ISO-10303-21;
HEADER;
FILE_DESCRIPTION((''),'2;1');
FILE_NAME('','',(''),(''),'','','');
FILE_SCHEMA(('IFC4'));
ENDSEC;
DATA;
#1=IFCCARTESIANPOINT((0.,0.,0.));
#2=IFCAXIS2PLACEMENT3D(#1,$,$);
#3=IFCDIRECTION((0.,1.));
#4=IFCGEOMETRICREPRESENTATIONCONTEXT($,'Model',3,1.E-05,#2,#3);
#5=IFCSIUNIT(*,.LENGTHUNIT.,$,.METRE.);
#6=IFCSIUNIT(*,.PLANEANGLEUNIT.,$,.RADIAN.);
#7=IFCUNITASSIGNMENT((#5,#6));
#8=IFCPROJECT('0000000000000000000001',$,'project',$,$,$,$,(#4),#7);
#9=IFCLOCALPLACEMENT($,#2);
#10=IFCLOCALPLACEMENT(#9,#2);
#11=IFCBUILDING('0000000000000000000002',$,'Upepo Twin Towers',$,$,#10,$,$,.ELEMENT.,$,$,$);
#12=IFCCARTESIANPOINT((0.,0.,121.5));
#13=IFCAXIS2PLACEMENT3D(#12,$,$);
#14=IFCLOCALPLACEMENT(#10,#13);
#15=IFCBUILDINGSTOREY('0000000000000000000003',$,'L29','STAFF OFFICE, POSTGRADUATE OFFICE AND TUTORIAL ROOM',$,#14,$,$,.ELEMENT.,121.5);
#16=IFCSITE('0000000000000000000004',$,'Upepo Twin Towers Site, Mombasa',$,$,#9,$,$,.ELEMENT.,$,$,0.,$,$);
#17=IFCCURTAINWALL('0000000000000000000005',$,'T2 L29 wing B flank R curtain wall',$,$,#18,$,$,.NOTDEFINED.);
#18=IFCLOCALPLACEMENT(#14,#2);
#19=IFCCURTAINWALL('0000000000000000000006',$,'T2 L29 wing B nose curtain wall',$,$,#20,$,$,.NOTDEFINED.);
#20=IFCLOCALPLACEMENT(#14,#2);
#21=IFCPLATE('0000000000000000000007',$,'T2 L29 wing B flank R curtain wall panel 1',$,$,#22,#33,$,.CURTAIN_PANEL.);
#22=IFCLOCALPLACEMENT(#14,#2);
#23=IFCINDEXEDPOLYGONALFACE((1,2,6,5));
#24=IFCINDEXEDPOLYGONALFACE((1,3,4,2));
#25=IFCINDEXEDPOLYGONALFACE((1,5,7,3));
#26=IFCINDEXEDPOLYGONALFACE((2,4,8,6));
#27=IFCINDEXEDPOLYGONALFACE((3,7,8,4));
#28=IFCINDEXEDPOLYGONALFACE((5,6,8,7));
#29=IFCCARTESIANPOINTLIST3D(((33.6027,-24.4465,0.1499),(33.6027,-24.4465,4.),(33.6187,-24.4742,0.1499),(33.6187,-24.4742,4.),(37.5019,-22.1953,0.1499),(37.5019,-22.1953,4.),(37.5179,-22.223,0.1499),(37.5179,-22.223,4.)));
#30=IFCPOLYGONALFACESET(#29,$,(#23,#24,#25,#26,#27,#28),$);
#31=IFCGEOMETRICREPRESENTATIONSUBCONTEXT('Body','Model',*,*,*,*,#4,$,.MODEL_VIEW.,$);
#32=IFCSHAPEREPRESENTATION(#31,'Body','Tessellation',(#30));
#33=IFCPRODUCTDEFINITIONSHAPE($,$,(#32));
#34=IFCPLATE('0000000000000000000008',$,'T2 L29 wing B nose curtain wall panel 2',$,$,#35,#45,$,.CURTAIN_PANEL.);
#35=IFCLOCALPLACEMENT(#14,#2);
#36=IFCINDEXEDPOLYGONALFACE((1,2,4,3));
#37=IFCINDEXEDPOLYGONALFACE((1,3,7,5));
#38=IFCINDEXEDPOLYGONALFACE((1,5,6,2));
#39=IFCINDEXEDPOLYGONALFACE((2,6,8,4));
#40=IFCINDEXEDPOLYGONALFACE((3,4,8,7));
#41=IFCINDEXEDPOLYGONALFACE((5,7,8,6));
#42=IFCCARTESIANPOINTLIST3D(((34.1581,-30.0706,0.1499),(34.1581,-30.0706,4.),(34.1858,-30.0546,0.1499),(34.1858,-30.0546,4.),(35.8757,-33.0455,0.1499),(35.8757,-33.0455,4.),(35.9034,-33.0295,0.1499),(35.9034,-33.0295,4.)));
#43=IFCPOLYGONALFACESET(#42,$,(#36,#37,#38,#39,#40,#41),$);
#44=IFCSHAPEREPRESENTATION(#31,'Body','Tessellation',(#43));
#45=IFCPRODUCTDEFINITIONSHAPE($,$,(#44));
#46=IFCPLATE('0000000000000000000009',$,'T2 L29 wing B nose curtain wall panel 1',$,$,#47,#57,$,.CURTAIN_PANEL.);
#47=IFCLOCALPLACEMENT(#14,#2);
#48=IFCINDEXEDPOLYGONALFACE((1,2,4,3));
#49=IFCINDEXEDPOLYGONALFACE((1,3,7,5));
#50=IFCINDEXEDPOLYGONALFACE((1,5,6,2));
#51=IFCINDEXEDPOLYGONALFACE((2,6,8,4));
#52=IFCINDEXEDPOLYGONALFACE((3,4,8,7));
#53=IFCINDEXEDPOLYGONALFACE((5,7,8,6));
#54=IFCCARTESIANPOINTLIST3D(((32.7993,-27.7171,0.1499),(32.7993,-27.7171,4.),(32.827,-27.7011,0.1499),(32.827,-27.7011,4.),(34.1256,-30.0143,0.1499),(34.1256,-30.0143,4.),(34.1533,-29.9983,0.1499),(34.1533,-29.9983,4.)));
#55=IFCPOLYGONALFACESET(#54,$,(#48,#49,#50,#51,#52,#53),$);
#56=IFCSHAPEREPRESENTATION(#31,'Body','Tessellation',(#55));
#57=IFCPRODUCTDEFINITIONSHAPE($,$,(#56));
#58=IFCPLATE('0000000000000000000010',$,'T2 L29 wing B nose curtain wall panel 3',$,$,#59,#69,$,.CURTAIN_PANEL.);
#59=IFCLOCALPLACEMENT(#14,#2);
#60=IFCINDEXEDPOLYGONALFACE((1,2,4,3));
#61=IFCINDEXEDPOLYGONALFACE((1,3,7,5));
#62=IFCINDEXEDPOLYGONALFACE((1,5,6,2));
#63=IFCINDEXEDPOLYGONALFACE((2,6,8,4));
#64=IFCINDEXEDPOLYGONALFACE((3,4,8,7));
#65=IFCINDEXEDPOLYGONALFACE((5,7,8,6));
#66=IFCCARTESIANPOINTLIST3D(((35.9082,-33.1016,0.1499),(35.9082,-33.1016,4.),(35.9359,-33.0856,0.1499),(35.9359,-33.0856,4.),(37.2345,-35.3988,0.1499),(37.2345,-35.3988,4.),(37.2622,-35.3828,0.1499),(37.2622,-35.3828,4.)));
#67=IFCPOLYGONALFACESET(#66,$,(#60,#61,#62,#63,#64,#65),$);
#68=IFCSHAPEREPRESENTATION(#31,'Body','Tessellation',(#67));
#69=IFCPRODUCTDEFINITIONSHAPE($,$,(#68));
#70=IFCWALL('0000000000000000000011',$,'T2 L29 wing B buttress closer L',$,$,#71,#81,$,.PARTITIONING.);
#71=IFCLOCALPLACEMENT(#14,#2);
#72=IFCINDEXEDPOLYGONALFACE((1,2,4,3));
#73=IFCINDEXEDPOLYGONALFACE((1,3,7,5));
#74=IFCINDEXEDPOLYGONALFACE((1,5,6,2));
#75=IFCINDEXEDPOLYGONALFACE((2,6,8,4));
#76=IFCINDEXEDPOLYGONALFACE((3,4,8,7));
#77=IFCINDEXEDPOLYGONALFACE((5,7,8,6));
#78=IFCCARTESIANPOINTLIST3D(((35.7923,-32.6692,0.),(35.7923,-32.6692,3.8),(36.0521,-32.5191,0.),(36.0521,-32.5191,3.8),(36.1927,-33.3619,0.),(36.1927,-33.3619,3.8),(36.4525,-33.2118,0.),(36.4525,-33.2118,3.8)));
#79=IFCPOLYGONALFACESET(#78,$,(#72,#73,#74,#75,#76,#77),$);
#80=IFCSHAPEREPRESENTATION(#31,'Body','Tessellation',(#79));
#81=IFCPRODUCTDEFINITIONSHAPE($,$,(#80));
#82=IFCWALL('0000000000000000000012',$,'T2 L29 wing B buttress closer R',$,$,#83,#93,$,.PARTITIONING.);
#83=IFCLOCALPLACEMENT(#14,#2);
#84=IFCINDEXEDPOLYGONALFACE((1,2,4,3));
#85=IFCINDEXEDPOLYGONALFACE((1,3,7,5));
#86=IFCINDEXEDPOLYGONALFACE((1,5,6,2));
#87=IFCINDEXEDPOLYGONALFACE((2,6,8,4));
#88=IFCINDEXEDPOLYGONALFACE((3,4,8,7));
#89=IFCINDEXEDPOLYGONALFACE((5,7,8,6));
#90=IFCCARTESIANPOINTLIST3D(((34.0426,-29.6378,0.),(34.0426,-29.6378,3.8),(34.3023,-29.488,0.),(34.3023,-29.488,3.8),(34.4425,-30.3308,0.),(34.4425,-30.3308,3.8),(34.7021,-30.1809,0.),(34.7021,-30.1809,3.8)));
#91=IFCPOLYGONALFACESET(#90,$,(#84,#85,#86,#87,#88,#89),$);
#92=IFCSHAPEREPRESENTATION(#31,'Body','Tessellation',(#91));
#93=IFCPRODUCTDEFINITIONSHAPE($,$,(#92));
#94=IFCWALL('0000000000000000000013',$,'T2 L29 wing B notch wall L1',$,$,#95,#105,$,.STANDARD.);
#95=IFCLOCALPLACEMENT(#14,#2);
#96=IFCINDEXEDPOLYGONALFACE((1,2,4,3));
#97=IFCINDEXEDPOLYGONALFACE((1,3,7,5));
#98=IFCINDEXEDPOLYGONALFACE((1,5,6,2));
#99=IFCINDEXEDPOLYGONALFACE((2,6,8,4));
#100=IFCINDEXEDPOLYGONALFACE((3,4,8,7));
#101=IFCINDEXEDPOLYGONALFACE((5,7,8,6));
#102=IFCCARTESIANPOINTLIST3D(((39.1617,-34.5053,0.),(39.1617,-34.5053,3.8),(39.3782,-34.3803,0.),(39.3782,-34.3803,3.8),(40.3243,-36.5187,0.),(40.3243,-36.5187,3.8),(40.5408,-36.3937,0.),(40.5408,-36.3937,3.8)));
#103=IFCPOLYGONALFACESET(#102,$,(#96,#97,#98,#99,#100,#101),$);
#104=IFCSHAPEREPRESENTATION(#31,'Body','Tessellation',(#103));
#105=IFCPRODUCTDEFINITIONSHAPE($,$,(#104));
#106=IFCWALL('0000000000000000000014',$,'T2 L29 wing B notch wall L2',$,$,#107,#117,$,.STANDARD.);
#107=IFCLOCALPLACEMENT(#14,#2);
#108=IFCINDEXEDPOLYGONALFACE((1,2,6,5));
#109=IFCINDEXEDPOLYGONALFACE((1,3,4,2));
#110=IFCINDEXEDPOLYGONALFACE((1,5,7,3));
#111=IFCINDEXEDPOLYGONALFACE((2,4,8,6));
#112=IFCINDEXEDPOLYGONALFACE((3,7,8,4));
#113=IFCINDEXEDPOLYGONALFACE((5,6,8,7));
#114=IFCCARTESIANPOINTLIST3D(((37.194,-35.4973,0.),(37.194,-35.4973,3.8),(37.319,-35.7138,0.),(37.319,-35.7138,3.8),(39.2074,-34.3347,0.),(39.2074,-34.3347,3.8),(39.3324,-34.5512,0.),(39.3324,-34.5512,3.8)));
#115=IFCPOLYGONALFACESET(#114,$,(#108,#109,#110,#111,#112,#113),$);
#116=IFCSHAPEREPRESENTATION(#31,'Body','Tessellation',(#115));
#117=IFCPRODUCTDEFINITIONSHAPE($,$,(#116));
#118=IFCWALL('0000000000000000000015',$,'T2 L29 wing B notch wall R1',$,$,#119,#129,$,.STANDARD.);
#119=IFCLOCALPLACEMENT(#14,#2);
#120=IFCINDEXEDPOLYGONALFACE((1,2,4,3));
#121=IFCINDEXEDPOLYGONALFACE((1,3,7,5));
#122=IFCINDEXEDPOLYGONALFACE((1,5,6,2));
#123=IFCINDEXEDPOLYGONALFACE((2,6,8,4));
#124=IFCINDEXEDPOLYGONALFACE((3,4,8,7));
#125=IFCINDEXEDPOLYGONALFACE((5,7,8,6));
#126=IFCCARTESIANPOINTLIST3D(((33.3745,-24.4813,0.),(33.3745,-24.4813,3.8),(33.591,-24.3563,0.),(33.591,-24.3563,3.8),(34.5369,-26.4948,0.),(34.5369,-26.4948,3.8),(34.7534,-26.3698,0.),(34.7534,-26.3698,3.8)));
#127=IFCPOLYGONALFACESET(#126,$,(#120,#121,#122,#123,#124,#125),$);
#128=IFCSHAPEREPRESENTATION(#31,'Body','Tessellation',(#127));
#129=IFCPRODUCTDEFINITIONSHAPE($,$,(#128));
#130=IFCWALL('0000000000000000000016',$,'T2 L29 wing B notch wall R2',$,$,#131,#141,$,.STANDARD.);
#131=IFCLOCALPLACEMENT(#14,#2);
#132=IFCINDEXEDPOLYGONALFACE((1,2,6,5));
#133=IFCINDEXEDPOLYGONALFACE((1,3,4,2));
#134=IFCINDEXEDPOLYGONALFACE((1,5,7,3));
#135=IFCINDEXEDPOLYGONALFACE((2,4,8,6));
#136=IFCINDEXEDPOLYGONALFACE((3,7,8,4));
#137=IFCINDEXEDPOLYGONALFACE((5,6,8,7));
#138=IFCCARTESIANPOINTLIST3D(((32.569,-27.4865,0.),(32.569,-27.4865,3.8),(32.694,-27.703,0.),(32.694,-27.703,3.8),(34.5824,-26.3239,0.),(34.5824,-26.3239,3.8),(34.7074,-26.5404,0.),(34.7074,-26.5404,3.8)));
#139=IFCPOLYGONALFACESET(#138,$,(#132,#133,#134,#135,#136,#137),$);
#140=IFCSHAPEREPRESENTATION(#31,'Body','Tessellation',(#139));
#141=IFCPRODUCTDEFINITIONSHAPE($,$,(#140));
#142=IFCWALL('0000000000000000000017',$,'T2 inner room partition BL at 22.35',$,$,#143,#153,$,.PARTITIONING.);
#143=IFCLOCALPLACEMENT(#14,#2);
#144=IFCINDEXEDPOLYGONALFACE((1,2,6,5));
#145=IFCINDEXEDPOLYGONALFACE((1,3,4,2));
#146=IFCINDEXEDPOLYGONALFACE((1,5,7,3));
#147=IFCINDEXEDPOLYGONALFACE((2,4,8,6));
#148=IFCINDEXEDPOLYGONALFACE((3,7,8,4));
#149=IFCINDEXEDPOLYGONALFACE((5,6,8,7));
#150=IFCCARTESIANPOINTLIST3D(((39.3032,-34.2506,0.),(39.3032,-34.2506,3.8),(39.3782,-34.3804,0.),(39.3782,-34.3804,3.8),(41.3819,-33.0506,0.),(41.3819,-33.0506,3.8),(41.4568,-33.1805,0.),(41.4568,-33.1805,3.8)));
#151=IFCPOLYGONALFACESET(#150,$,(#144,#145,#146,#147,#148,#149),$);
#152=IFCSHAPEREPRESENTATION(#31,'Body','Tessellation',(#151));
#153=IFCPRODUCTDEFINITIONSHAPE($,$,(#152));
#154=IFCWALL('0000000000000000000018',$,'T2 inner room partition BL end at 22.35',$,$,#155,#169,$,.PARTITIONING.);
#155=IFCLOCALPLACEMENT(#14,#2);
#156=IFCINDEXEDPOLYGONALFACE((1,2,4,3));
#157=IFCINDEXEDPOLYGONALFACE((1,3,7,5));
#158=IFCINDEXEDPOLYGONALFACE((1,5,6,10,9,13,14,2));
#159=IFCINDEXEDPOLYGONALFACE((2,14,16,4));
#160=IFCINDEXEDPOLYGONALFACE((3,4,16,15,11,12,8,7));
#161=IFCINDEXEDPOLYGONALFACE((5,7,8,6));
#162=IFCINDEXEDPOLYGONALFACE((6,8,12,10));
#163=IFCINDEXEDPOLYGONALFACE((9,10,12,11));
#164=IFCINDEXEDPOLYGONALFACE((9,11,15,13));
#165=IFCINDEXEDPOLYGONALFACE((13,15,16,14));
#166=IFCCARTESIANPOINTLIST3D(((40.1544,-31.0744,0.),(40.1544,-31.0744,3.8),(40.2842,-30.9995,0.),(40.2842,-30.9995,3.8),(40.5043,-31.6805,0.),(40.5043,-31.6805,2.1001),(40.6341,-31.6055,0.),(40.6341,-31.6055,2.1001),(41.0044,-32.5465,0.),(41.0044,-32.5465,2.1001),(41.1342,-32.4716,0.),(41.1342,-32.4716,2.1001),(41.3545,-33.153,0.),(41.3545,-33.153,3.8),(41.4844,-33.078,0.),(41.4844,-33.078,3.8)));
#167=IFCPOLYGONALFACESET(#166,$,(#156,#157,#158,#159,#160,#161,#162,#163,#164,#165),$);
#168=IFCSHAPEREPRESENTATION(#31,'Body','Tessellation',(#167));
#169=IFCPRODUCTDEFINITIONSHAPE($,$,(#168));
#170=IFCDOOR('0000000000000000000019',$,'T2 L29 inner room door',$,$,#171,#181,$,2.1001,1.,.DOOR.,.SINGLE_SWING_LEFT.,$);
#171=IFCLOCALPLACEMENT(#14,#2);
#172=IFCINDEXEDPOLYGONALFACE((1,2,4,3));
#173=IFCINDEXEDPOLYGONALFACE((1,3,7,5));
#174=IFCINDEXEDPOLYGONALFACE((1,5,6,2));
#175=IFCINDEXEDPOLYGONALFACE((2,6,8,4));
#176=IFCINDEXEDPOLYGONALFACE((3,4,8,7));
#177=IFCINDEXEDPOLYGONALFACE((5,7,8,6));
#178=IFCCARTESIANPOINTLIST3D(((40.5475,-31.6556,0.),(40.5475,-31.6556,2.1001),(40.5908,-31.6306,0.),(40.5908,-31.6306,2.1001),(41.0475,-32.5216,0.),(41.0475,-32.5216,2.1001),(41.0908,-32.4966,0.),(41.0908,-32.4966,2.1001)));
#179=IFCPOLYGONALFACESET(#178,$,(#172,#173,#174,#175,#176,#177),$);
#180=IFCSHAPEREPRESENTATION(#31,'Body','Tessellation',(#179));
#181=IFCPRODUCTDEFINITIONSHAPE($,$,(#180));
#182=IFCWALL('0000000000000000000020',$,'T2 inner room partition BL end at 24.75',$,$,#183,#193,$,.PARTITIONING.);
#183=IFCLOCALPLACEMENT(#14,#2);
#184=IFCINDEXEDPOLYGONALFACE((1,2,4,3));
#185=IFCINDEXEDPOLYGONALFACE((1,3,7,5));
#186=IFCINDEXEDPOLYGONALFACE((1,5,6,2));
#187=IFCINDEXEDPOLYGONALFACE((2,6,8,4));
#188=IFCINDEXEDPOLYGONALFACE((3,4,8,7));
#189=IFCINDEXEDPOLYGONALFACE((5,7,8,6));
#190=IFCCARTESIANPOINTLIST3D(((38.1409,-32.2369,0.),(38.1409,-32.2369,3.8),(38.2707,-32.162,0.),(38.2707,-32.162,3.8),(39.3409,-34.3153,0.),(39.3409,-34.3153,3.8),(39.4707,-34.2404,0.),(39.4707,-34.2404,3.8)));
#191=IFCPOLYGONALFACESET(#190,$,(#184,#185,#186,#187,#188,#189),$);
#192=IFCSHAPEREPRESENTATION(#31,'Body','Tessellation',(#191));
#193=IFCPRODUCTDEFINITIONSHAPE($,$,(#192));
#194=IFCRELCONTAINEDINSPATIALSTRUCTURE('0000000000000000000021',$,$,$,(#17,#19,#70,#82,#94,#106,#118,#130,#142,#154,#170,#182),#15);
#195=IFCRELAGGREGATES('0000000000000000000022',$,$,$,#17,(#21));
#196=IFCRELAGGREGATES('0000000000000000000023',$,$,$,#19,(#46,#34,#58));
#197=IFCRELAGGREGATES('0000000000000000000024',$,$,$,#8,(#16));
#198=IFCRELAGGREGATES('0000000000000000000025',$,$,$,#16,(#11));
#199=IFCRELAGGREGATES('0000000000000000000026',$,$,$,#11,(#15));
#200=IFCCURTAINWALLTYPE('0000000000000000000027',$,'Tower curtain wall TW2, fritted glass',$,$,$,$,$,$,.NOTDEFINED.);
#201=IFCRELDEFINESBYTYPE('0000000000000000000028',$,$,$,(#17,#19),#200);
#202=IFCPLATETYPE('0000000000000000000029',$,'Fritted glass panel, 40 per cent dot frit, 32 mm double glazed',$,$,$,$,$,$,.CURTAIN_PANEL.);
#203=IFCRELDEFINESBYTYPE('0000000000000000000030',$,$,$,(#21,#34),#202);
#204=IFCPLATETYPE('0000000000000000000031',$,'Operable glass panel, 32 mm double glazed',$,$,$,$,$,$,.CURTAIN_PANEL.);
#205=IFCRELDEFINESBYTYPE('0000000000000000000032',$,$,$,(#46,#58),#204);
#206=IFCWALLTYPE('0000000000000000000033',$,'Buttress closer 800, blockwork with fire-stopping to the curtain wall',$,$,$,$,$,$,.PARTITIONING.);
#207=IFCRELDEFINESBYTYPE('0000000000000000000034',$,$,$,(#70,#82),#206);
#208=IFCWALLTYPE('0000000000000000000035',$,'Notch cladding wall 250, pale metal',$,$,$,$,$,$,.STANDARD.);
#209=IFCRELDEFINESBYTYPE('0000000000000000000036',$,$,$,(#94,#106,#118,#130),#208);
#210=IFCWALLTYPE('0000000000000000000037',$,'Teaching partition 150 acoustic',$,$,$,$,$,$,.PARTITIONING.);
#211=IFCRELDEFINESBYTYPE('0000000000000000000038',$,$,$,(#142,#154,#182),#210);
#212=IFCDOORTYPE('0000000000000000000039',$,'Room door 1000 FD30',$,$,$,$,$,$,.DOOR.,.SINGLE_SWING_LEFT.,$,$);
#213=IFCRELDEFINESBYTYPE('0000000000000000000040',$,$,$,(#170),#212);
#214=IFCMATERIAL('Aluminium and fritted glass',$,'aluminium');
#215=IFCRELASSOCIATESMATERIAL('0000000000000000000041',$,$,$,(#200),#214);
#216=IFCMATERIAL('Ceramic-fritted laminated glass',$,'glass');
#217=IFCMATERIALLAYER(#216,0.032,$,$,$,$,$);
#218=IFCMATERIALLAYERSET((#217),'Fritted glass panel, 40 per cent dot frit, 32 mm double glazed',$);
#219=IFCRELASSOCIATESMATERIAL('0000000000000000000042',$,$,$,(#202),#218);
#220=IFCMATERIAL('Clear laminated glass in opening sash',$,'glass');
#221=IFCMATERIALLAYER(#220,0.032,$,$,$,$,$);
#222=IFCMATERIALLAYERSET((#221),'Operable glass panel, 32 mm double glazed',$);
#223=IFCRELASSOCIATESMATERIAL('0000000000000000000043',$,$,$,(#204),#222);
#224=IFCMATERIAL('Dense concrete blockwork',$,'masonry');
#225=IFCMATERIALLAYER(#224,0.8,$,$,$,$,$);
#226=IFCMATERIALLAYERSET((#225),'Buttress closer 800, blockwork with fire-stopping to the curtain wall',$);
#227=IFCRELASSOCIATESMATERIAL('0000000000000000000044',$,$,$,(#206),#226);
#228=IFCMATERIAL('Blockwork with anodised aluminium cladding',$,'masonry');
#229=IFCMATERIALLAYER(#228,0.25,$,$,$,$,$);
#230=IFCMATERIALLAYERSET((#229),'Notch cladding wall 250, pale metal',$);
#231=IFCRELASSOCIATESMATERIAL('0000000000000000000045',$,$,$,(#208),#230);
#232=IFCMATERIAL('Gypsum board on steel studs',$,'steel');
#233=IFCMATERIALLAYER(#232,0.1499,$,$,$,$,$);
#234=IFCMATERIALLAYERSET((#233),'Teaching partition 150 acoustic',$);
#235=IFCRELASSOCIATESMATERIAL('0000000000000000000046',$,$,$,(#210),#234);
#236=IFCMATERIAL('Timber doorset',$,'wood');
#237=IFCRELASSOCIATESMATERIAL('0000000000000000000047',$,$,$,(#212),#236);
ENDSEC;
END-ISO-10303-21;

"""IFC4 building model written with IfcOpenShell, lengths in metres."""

from ifc_helpers import new_model, si_unit, direction, frame, frame_2d, origin, origin_2d, place, context, subcontext, project, spatial, rectangle, extrude, material, layer, layer_set, type_object, element, fill, aggregate, save


model = new_model("IFC4")

# Units and contexts
model_context = context("Model", 3, precision=1e-05, world=origin(), true_north=direction((0.0, 1.0)))
body_context = subcontext(model_context, "Body", "Model", "MODEL_VIEW")
ifc_project = project(units=[si_unit("LENGTHUNIT", "METRE"), si_unit("PLANEANGLEUNIT", "RADIAN")], contexts=[model_context])

# Site, building, storey
site_placement = place(None, origin())
site = spatial("IfcSite", under=ifc_project, at=site_placement, Name="Upepo Twin Towers Site, Mombasa", CompositionType="ELEMENT", RefElevation=0.0)
building_placement = place(site_placement, origin())
building = spatial("IfcBuilding", under=site, at=building_placement, Name="Upepo Twin Towers", CompositionType="ELEMENT")
storey_placement = place(building_placement, frame((0.0, 0.0, 121.5)))
storey = spatial("IfcBuildingStorey", under=building, at=storey_placement, Name="L29", Description="STAFF OFFICE, POSTGRADUATE OFFICE AND TUTORIAL ROOM", CompositionType="ELEMENT", Elevation=121.5)

# Shared definitions
ifc_material_1 = material(Name="Aluminium and fritted glass", Category="aluminium")
curtain_wall_type = type_object("IfcCurtainWallType", Name="Tower curtain wall TW2, fritted glass", PredefinedType="NOTDEFINED", material=ifc_material_1)

# Curtain walls
curtain_wall_1_placement = place(storey_placement, origin())
curtain_wall_1 = element("IfcCurtainWall", 1, at=curtain_wall_1_placement, inside=storey, type_object=curtain_wall_type, Name="T2 L29 wing B flank R curtain wall", PredefinedType="NOTDEFINED")
curtain_wall_2_placement = place(storey_placement, origin())
curtain_wall_2 = element("IfcCurtainWall", 2, at=curtain_wall_2_placement, inside=storey, type_object=curtain_wall_type, Name="T2 L29 wing B nose curtain wall", PredefinedType="NOTDEFINED")

# Plates
ifc_material_2 = material(Name="Ceramic-fritted laminated glass", Category="glass")
ifc_layer_1 = layer(ifc_material_2, 0.032)
ifc_layer_set_1 = layer_set([ifc_layer_1], Name="Fritted glass panel, 40 per cent dot frit, 32 mm double glazed")
plate_type_1 = type_object("IfcPlateType", Name="Fritted glass panel, 40 per cent dot frit, 32 mm double glazed", PredefinedType="CURTAIN_PANEL", material=ifc_layer_set_1)
plate_1_placement = place(storey_placement, frame((35.5603, -23.3347, 0.1499), z_axis=(0.0, 0.0, 1.0), x_axis=(0.866025, 0.5, 0.0)))
plate_1 = element("IfcPlate", 3, at=plate_1_placement, type_object=plate_type_1, Name="T2 L29 wing B flank R curtain wall panel 1", PredefinedType="CURTAIN_PANEL", context=body_context, shape_type="SweptSolid", body=[
    extrude(rectangle(XDim=4.5024, YDim=0.032, at=origin_2d()), origin(), (0.0, 0.0, 1.0), 3.8501),
])
aggregate(curtain_wall_1, [plate_1])
plate_2_placement = place(storey_placement, frame((35.0308, -31.55, 0.1499), z_axis=(0.0, 0.0, 1.0), x_axis=(0.5, -0.866025, 0.0)))
plate_2 = element("IfcPlate", 4, at=plate_2_placement, type_object=plate_type_1, Name="T2 L29 wing B nose curtain wall panel 2", PredefinedType="CURTAIN_PANEL", context=body_context, shape_type="SweptSolid", body=[
    extrude(rectangle(XDim=3.4351, YDim=0.032, at=origin_2d()), origin(), (0.0, 0.0, 1.0), 3.8501),
])
ifc_material_3 = material(Name="Clear laminated glass in opening sash", Category="glass")
ifc_layer_2 = layer(ifc_material_3, 0.032)
ifc_layer_set_2 = layer_set([ifc_layer_2], Name="Operable glass panel, 32 mm double glazed")
plate_type_2 = type_object("IfcPlateType", Name="Operable glass panel, 32 mm double glazed", PredefinedType="CURTAIN_PANEL", material=ifc_layer_set_2)
plate_3_placement = place(storey_placement, frame((33.4763, -28.8577, 0.1499), z_axis=(0.0, 0.0, 1.0), x_axis=(0.5, -0.866025, 0.0)))
plate_3 = element("IfcPlate", 5, at=plate_3_placement, type_object=plate_type_2, Name="T2 L29 wing B nose curtain wall panel 1", PredefinedType="CURTAIN_PANEL", context=body_context, shape_type="SweptSolid", body=[
    extrude(rectangle(XDim=2.6526, YDim=0.032, at=origin_2d()), origin(), (0.0, 0.0, 1.0), 3.8501),
])
plate_4_placement = place(storey_placement, frame((36.5852, -34.2422, 0.1499), z_axis=(0.0, 0.0, 1.0), x_axis=(0.5, -0.866025, 0.0)))
plate_4 = element("IfcPlate", 6, at=plate_4_placement, type_object=plate_type_2, Name="T2 L29 wing B nose curtain wall panel 3", PredefinedType="CURTAIN_PANEL", context=body_context, shape_type="SweptSolid", body=[
    extrude(rectangle(XDim=2.6526, YDim=0.032, at=origin_2d()), origin(), (0.0, 0.0, 1.0), 3.8501),
])
aggregate(curtain_wall_2, [plate_3, plate_2, plate_4])

# Walls
ifc_material_4 = material(Name="Dense concrete blockwork", Category="masonry")
ifc_layer_3 = layer(ifc_material_4, 0.8)
ifc_layer_set_3 = layer_set([ifc_layer_3], Name="Buttress closer 800, blockwork with fire-stopping to the curtain wall")
wall_type_1 = type_object("IfcWallType", Name="Buttress closer 800, blockwork with fire-stopping to the curtain wall", PredefinedType="PARTITIONING", material=ifc_layer_set_3)
wall_1_placement = place(storey_placement, frame((36.2522, -32.8655, 0.0), z_axis=(0.0, 0.0, 1.0), x_axis=(-0.865779, -0.500427, 0.0)))
element("IfcWall", 7, at=wall_1_placement, inside=storey, type_object=wall_type_1, Name="T2 L29 wing B buttress closer L", PredefinedType="PARTITIONING", context=body_context, shape_type="SweptSolid", body=[
    extrude(rectangle(XDim=0.3, YDim=0.8, at=frame_2d((0.1499, 0.0))), origin(), (0.0, 0.0, 1.0), 3.8),
])
wall_2_placement = place(storey_placement, frame((34.5022, -29.8345, 0.0), z_axis=(0.0, 0.0, 1.0), x_axis=(-0.866131, -0.499816, 0.0)))
element("IfcWall", 8, at=wall_2_placement, inside=storey, type_object=wall_type_1, Name="T2 L29 wing B buttress closer R", PredefinedType="PARTITIONING", context=body_context, shape_type="SweptSolid", body=[
    extrude(rectangle(XDim=0.2998, YDim=0.8, at=frame_2d((0.1499, 0.0))), origin(), (0.0, 0.0, 1.0), 3.8),
])
ifc_material_5 = material(Name="Blockwork with anodised aluminium cladding", Category="masonry")
ifc_layer_4 = layer(ifc_material_5, 0.25)
ifc_layer_set_4 = layer_set([ifc_layer_4], Name="Notch cladding wall 250, pale metal")
wall_type_2 = type_object("IfcWallType", Name="Notch cladding wall 250, pale metal", PredefinedType="STANDARD", material=ifc_layer_set_4)
for number, where, z_axis, x_axis, name in (
    (9, (40.4326, -36.4563, 0.0), (0.0, 0.0, 1.0), (-0.500047, 0.865998, 0.0), "T2 L29 wing B notch wall L1"),
    (10, (39.27, -34.4429, 0.0), (0.0, 0.0, 1.0), (-0.865998, -0.500047, 0.0), "T2 L29 wing B notch wall L2"),
    (11, (33.4827, -24.4187, 0.0), (0.0, 0.0, 1.0), (0.499968, -0.866044, 0.0), "T2 L29 wing B notch wall R1"),
    (12, (34.645, -26.4321, 0.0), (0.0, 0.0, 1.0), (-0.865998, -0.500047, 0.0), "T2 L29 wing B notch wall R2"),
):
    element("IfcWall", number, at=place(storey_placement, frame(where, z_axis=z_axis, x_axis=x_axis)), inside=storey, type_object=wall_type_2, Name=name, PredefinedType="STANDARD", context=body_context, shape_type="SweptSolid", body=[
        extrude(rectangle(XDim=2.325, YDim=0.25, at=frame_2d((1.1626, 0.0))), origin(), (0.0, 0.0, 1.0), 3.8),
    ])
ifc_material_6 = material(Name="Gypsum board on steel studs", Category="steel")
ifc_layer_5 = layer(ifc_material_6, 0.1499)
ifc_layer_set_5 = layer_set([ifc_layer_5], Name="Teaching partition 150 acoustic")
wall_type_3 = type_object("IfcWallType", Name="Teaching partition 150 acoustic", PredefinedType="PARTITIONING", material=ifc_layer_set_5)
wall_3_placement = place(storey_placement, frame((41.4194, -33.1155, 0.0), z_axis=(0.0, 0.0, 1.0), x_axis=(-0.86605, -0.499957, 0.0)))
element("IfcWall", 13, at=wall_3_placement, inside=storey, type_object=wall_type_3, Name="T2 inner room partition BL at 22.35", PredefinedType="PARTITIONING", context=body_context, shape_type="SweptSolid", body=[
    extrude(rectangle(XDim=2.4001, YDim=0.1499, at=frame_2d((1.2002, 0.0))), origin(), (0.0, 0.0, 1.0), 3.8),
])

# Wall, opening, door
wall_4_placement = place(storey_placement, frame((40.2192, -31.0369, 0.0), z_axis=(0.0, 0.0, 1.0), x_axis=(0.500034, -0.866006, 0.0)))
wall_4 = element("IfcWall", 14, at=wall_4_placement, inside=storey, type_object=wall_type_3, Name="T2 inner room partition BL end at 22.35", PredefinedType="PARTITIONING", context=body_context, shape_type="SweptSolid", body=[
    extrude(rectangle(XDim=2.4001, YDim=0.1499, at=frame_2d((1.2002, 0.0))), origin(), (0.0, 0.0, 1.0), 3.8),
])
opening_placement = place(wall_4_placement, frame((0.7, 0.0, 0.0)))
opening = element("IfcOpeningElement", 15, at=opening_placement, cuts=wall_4, PredefinedType="OPENING", context=body_context, shape_type="SweptSolid", body=[
    extrude(rectangle(XDim=1.0, YDim=2.1001, at=frame_2d((0.5, 1.05))), frame((0.0, 0.085, 0.0), z_axis=(0.0, -1.0, 0.0), x_axis=(1.0, 0.0, 0.0)), (0.0, 0.0, 1.0), 0.1699),
])
ifc_material_7 = material(Name="Timber doorset", Category="wood")
door_type = type_object("IfcDoorType", Name="Room door 1000 FD30", OperationType="SINGLE_SWING_LEFT", PredefinedType="DOOR", material=ifc_material_7)
door_placement = place(opening_placement, origin())
door = element("IfcDoor", 16, at=door_placement, inside=storey, type_object=door_type, Name="T2 L29 inner room door", OperationType="SINGLE_SWING_LEFT", OverallHeight=2.1001, OverallWidth=1.0, PredefinedType="DOOR", context=body_context, shape_type="SweptSolid", body=[
    extrude(rectangle(XDim=1.0, YDim=2.1001, at=frame_2d((0.5, 1.05))), frame((0.0, 0.0249, 0.0), z_axis=(0.0, -1.0, 0.0), x_axis=(1.0, 0.0, 0.0)), (0.0, 0.0, 1.0), 0.05),
])
fill(opening, door)

# Wall
wall_5_placement = place(storey_placement, frame((38.2058, -32.1995, 0.0), z_axis=(0.0, 0.0, 1.0), x_axis=(0.500001, -0.866025, 0.0)))
element("IfcWall", 17, at=wall_5_placement, inside=storey, type_object=wall_type_3, Name="T2 inner room partition BL end at 24.75", PredefinedType="PARTITIONING", context=body_context, shape_type="SweptSolid", body=[
    extrude(rectangle(XDim=2.3999, YDim=0.1499, at=frame_2d((1.2, 0.0))), origin(), (0.0, 0.0, 1.0), 3.8),
])

save(model, "model.ifc")
